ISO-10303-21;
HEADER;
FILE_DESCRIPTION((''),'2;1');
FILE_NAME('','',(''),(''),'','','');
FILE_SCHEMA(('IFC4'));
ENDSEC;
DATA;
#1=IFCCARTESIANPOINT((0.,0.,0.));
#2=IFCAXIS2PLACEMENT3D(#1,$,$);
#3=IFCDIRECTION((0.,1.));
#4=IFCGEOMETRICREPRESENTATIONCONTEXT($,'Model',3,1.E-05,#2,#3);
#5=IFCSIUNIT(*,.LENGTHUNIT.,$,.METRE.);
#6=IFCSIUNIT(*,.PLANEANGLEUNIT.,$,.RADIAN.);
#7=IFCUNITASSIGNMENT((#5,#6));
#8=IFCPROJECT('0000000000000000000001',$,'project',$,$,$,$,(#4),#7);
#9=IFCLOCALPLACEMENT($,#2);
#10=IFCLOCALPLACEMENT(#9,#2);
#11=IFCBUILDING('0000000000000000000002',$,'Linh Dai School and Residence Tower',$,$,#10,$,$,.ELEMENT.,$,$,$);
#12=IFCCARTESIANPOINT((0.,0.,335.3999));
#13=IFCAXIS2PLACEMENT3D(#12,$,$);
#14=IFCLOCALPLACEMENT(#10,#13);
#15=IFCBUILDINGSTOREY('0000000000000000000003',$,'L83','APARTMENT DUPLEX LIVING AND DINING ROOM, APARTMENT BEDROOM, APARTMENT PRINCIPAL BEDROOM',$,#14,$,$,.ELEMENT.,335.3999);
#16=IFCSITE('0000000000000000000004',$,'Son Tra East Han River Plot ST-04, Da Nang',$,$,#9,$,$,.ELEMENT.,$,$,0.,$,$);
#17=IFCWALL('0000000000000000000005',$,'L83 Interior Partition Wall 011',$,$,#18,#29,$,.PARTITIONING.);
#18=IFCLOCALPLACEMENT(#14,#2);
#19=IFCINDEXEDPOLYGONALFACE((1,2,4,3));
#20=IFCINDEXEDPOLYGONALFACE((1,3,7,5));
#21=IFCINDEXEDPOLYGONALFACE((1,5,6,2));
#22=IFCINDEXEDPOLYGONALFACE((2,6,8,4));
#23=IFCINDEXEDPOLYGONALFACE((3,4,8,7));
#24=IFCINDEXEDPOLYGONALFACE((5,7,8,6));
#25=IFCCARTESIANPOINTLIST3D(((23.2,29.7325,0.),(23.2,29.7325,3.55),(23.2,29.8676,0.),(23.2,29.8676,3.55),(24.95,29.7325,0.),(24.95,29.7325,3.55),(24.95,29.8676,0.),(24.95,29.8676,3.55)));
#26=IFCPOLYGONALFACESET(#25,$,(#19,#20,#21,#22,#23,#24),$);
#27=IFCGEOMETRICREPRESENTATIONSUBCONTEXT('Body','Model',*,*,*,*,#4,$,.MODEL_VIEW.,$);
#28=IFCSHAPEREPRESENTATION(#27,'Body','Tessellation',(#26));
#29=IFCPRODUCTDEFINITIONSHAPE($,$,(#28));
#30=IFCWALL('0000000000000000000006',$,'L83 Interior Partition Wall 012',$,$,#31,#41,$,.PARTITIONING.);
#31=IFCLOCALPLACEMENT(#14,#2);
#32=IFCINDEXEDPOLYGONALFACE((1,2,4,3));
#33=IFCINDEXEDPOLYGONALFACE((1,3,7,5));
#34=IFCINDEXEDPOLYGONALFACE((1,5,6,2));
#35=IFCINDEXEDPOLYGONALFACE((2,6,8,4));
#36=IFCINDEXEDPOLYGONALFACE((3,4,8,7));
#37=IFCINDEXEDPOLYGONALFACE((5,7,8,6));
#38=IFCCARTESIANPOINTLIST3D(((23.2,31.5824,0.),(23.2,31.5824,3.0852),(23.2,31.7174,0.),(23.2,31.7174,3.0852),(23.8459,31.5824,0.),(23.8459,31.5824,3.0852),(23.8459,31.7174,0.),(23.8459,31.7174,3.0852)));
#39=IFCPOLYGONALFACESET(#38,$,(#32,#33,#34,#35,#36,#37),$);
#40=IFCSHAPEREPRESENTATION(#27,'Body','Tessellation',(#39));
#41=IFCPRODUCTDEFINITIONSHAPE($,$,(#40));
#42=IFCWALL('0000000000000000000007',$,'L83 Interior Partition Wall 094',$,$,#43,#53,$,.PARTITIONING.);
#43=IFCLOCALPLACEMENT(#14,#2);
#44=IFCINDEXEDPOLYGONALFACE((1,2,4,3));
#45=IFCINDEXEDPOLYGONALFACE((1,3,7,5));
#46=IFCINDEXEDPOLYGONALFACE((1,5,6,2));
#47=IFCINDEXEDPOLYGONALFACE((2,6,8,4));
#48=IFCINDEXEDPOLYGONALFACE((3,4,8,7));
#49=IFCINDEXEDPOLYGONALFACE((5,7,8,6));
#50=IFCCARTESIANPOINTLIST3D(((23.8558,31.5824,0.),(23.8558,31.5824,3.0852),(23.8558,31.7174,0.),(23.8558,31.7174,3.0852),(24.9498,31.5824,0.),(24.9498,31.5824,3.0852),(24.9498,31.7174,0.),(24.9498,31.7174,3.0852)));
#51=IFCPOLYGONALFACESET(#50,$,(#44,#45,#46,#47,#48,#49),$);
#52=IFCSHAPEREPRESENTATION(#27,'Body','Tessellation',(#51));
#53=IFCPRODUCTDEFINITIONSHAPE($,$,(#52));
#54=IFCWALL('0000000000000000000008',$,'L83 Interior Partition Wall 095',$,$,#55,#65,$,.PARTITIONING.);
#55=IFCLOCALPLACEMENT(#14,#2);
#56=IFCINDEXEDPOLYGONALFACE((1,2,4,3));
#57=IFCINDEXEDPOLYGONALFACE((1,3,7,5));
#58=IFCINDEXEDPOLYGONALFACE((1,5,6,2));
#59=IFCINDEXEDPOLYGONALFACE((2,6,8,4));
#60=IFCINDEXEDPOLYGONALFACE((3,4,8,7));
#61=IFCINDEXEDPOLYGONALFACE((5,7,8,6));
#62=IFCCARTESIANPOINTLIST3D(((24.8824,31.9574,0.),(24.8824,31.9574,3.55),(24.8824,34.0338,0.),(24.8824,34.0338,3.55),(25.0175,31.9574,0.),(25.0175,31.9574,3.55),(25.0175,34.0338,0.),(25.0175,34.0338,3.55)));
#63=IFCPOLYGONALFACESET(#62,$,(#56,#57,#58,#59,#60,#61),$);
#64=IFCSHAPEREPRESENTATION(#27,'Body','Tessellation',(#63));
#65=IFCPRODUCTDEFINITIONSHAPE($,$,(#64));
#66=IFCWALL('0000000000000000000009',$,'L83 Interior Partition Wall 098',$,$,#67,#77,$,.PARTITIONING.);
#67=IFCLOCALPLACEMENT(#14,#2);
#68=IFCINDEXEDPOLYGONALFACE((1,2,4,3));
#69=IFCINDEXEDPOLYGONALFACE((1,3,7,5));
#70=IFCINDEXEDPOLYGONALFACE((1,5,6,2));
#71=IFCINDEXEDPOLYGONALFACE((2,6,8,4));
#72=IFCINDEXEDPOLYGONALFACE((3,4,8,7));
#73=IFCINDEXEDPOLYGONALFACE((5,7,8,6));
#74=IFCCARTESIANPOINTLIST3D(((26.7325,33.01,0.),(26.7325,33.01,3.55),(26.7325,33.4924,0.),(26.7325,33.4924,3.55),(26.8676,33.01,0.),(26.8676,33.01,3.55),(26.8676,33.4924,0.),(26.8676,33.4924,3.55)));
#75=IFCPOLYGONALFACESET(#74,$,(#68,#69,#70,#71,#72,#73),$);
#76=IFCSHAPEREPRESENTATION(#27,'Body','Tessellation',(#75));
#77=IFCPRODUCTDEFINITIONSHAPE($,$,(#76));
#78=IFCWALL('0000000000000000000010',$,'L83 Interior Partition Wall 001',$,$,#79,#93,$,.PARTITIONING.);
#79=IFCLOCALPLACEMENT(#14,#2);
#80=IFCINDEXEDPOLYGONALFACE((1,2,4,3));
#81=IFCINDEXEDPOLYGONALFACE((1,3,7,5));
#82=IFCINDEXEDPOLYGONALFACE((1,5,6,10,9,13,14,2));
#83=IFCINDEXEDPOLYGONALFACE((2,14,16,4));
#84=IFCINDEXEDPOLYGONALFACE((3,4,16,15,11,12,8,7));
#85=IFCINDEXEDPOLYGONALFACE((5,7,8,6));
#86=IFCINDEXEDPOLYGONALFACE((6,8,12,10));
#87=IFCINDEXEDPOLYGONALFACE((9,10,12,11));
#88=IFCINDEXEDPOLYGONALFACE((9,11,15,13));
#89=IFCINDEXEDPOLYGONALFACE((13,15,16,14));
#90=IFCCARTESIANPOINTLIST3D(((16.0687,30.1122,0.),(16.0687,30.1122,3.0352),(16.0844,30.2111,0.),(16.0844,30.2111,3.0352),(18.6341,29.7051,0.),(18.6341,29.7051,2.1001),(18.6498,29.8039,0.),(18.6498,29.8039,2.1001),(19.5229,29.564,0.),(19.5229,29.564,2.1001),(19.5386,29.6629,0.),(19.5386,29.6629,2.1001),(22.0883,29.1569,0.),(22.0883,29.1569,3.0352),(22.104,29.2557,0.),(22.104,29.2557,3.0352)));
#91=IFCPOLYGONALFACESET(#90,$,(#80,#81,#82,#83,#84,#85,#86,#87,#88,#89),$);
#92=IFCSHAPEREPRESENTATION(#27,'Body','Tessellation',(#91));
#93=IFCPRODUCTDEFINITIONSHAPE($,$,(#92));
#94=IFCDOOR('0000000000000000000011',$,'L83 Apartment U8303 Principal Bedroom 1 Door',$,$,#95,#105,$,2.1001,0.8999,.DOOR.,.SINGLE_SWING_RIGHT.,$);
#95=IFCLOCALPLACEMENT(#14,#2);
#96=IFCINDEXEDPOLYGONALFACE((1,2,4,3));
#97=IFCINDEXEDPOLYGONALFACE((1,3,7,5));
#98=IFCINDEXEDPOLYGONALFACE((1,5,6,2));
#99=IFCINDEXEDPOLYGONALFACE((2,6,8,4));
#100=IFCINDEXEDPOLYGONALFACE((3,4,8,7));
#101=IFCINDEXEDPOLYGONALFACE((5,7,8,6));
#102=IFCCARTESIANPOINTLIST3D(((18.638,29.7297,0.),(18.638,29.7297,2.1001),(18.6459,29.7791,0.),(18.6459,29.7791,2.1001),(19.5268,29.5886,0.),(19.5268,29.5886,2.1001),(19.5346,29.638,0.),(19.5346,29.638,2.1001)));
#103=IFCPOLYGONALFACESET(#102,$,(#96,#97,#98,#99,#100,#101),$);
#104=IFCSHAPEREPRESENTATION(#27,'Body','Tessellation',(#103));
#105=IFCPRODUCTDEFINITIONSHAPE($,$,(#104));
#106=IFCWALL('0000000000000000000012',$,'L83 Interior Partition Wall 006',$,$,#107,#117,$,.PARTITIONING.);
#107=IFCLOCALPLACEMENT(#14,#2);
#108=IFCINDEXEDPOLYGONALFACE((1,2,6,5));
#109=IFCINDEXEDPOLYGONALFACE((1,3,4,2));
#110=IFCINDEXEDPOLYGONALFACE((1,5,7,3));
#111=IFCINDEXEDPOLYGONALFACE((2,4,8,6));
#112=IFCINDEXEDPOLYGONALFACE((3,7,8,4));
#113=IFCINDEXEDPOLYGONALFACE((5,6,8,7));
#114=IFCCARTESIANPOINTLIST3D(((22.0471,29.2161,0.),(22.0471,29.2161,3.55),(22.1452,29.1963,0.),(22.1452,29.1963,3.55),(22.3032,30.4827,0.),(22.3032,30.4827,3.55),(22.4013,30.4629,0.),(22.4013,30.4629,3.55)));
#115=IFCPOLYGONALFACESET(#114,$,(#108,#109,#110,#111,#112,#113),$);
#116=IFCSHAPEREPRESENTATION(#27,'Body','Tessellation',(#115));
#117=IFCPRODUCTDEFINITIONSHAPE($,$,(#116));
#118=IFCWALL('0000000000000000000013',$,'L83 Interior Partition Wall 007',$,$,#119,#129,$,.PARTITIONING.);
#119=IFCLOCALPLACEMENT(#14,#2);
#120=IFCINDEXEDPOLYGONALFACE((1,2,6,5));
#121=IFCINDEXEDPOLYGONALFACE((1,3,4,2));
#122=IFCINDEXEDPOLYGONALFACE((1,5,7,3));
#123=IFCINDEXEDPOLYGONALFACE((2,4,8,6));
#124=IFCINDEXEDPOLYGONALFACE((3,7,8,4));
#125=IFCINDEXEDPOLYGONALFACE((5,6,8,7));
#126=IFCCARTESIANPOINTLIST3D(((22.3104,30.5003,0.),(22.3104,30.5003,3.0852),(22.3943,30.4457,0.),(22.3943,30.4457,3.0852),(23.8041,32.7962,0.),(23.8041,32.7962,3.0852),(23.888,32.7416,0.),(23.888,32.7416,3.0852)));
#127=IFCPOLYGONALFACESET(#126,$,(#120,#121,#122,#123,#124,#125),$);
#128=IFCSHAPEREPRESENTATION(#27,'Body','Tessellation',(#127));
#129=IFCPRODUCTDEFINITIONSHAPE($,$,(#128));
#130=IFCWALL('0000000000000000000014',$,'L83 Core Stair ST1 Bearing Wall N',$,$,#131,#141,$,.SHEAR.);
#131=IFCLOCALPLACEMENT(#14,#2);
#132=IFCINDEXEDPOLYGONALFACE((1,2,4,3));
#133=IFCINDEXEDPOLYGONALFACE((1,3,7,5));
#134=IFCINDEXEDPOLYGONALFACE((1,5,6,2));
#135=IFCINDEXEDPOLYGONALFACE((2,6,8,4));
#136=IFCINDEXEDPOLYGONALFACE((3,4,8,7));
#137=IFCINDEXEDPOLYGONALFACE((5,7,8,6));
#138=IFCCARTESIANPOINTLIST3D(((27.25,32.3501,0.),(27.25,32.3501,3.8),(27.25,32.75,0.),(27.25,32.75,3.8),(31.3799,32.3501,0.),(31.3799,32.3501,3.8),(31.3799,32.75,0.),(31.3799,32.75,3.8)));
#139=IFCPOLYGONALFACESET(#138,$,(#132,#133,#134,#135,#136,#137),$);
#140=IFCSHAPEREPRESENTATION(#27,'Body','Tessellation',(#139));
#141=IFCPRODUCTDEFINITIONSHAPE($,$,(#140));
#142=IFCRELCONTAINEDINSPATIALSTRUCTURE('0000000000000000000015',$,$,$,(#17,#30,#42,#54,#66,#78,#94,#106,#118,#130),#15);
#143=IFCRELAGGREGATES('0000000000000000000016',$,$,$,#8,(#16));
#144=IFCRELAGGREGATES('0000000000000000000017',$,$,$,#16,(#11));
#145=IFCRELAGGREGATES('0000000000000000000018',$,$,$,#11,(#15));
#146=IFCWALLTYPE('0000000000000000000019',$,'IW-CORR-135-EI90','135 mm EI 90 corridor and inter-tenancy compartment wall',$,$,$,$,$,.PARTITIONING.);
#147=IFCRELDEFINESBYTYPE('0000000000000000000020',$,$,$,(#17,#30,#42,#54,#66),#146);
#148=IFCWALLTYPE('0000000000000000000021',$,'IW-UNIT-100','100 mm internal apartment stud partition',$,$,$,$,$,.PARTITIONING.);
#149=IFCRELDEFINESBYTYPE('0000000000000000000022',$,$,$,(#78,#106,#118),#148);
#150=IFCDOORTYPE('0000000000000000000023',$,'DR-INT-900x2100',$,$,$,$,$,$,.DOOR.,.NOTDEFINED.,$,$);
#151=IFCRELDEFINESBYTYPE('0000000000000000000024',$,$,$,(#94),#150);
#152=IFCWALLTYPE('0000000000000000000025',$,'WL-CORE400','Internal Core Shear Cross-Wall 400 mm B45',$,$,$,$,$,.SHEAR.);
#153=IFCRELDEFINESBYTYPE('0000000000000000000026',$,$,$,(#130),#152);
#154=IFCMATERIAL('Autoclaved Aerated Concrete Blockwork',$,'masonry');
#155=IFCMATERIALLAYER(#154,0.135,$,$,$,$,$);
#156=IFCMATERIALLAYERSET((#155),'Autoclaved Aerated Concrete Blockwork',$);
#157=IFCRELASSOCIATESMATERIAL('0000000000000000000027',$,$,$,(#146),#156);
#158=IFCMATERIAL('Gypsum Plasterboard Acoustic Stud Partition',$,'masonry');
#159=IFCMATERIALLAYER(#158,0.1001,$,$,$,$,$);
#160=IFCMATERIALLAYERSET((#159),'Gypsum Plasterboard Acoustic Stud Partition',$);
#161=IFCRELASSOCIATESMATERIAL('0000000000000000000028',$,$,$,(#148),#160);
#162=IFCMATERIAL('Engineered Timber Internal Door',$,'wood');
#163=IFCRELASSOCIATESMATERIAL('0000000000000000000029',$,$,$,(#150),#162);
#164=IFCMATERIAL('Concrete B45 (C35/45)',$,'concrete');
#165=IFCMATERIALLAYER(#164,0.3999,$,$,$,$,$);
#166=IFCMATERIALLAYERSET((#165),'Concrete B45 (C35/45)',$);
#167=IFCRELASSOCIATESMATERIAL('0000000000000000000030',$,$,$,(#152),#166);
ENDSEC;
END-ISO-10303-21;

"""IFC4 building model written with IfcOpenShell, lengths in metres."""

from ifc_helpers import new_model, si_unit, direction, frame, frame_2d, origin, origin_2d, place, context, subcontext, project, spatial, rectangle, extrude, source, transform, mapped, material, layer, layer_set, type_object, element, fill, save


model = new_model("IFC4")

# Units and contexts
model_context = context("Model", 3, precision=1e-05, world=origin(), true_north=direction((0.0, 1.0)))
body_context = subcontext(model_context, "Body", "Model", "MODEL_VIEW")
ifc_project = project(units=[si_unit("LENGTHUNIT", "METRE"), si_unit("PLANEANGLEUNIT", "RADIAN")], contexts=[model_context])

# Site, building, storey
site_placement = place(None, origin())
site = spatial("IfcSite", under=ifc_project, at=site_placement, Name="Son Tra East Han River Plot ST-04, Da Nang", CompositionType="ELEMENT", RefElevation=0.0)
building_placement = place(site_placement, origin())
building = spatial("IfcBuilding", under=site, at=building_placement, Name="Linh Dai School and Residence Tower", CompositionType="ELEMENT")
storey_placement = place(building_placement, frame((0.0, 0.0, 335.3999)))
storey = spatial("IfcBuildingStorey", under=building, at=storey_placement, Name="L83", Description="APARTMENT DUPLEX LIVING AND DINING ROOM, APARTMENT BEDROOM, APARTMENT PRINCIPAL BEDROOM", CompositionType="ELEMENT", Elevation=335.3999)

# Shared definitions
ifc_material_1 = material(Name="Concrete B45 (C35/45)", Category="concrete")

# Shared definitions
ifc_material_2 = material(Name="Autoclaved Aerated Concrete Blockwork", Category="masonry")
ifc_layer_1 = layer(ifc_material_2, 0.135)
ifc_layer_set_1 = layer_set([ifc_layer_1], Name="Autoclaved Aerated Concrete Blockwork")
wall_type_1 = type_object("IfcWallType", Name="IW-CORR-135-EI90", Description="135 mm EI 90 corridor and inter-tenancy compartment wall", PredefinedType="PARTITIONING", material=ifc_layer_set_1)

# Walls
wall_1_placement = place(storey_placement, frame((23.2, 29.8, 0.0), z_axis=(0.0, 0.0, 1.0), x_axis=(1.0, 0.0, 0.0)))
element("IfcWall", 1, at=wall_1_placement, inside=storey, type_object=wall_type_1, Name="L83 Interior Partition Wall 011", PredefinedType="PARTITIONING", context=body_context, shape_type="SweptSolid", body=[
    extrude(rectangle(XDim=1.75, YDim=0.135, at=frame_2d((0.875, 0.0))), origin(), (0.0, 0.0, 1.0), 3.55),
])
wall_2_placement = place(storey_placement, frame((23.2, 31.6499, 0.0), z_axis=(0.0, 0.0, 1.0), x_axis=(1.0, 0.0, 0.0)))
element("IfcWall", 2, at=wall_2_placement, inside=storey, type_object=wall_type_1, Name="L83 Interior Partition Wall 012", PredefinedType="PARTITIONING", context=body_context, shape_type="SweptSolid", body=[
    extrude(rectangle(XDim=0.646, YDim=0.135, at=frame_2d((0.323, 0.0))), origin(), (0.0, 0.0, 1.0), 3.0852),
])
wall_3_placement = place(storey_placement, frame((23.856, 31.6499, 0.0), z_axis=(0.0, 0.0, 1.0), x_axis=(1.0, 0.0, 0.0)))
element("IfcWall", 3, at=wall_3_placement, inside=storey, type_object=wall_type_1, Name="L83 Interior Partition Wall 094", PredefinedType="PARTITIONING", context=body_context, shape_type="SweptSolid", body=[
    extrude(rectangle(XDim=1.094, YDim=0.135, at=frame_2d((0.5469, 0.0))), origin(), (0.0, 0.0, 1.0), 3.0852),
])
wall_4_placement = place(storey_placement, frame((24.95, 31.9575, 0.0), z_axis=(0.0, 0.0, 1.0), x_axis=(0.0, 1.0, 0.0)))
element("IfcWall", 4, at=wall_4_placement, inside=storey, type_object=wall_type_1, Name="L83 Interior Partition Wall 095", PredefinedType="PARTITIONING", context=body_context, shape_type="SweptSolid", body=[
    extrude(rectangle(XDim=2.0764, YDim=0.135, at=frame_2d((1.0381, 0.0))), origin(), (0.0, 0.0, 1.0), 3.55),
])
wall_5_placement = place(storey_placement, frame((26.8, 33.4924, 0.0), z_axis=(0.0, 0.0, 1.0), x_axis=(0.0, -1.0, 0.0)))
element("IfcWall", 5, at=wall_5_placement, inside=storey, type_object=wall_type_1, Name="L83 Interior Partition Wall 098", PredefinedType="PARTITIONING", context=body_context, shape_type="SweptSolid", body=[
    extrude(rectangle(XDim=0.4824, YDim=0.135, at=frame_2d((0.2412, 0.0))), origin(), (0.0, 0.0, 1.0), 3.55),
])

# Wall, opening, door
ifc_material_3 = material(Name="Gypsum Plasterboard Acoustic Stud Partition", Category="masonry")
ifc_layer_2 = layer(ifc_material_3, 0.1001)
ifc_layer_set_2 = layer_set([ifc_layer_2], Name="Gypsum Plasterboard Acoustic Stud Partition")
wall_type_2 = type_object("IfcWallType", Name="IW-UNIT-100", Description="100 mm internal apartment stud partition", PredefinedType="PARTITIONING", material=ifc_layer_set_2)
wall_6_placement = place(storey_placement, frame((16.0767, 30.1616, 0.0), z_axis=(0.0, 0.0, 1.0), x_axis=(0.98764, -0.156742, 0.0)))
wall_6 = element("IfcWall", 6, at=wall_6_placement, inside=storey, type_object=wall_type_2, Name="L83 Interior Partition Wall 001", PredefinedType="PARTITIONING", context=body_context, shape_type="SweptSolid", body=[
    extrude(rectangle(XDim=6.095, YDim=0.1001, at=frame_2d((3.0474, 0.0))), origin(), (0.0, 0.0, 1.0), 3.0352),
])
opening_1_placement = place(wall_6_placement, frame((2.5974, 0.0, 0.0)))
opening_1 = element("IfcOpeningElement", 7, at=opening_1_placement, cuts=wall_6, PredefinedType="OPENING", context=body_context, shape_type="SweptSolid", body=[
    extrude(rectangle(XDim=0.8999, YDim=2.1001, at=origin_2d()), frame((0.45, 0.0601, 1.05), z_axis=(0.0, -1.0, 0.0), x_axis=(1.0, 0.0, 0.0)), (0.0, 0.0, 1.0), 0.1201),
])
ifc_material_4 = material(Name="Engineered Timber Internal Door", Category="wood")
door_type_1 = type_object("IfcDoorType", Name="DR-INT-900x2100", OperationType="NOTDEFINED", PredefinedType="DOOR", material=ifc_material_4)
shared_shape_1 = source(origin(), body_context, "Body", "SweptSolid", [
    extrude(rectangle(XDim=0.8999, YDim=2.1001, at=origin_2d()), frame((0.45, 0.0249, 1.05), z_axis=(0.0, -1.0, 0.0), x_axis=(1.0, 0.0, 0.0)), (0.0, 0.0, 1.0), 0.05),
])
door_1_placement = place(opening_1_placement, origin())
door_1 = element("IfcDoor", 8, at=door_1_placement, inside=storey, type_object=door_type_1, Name="L83 Apartment U8303 Principal Bedroom 1 Door", OperationType="SINGLE_SWING_RIGHT", OverallHeight=2.1001, OverallWidth=0.8999, PredefinedType="DOOR", context=body_context, shape_type="MappedRepresentation", body=[
    mapped(shared_shape_1, transform((0.0, 0.0, 0.0), x_axis=(1.0, 0.0, 0.0), y_axis=(0.0, 1.0, 0.0), z_axis=(0.0, 0.0, 1.0), scale=1.0)),
])
fill(opening_1, door_1)

# Walls
wall_7_placement = place(storey_placement, frame((22.0962, 29.2063, 0.0), z_axis=(0.0, 0.0, 1.0), x_axis=(0.198187, 0.980164, 0.0)))
element("IfcWall", 9, at=wall_7_placement, inside=storey, type_object=wall_type_2, Name="L83 Interior Partition Wall 006", PredefinedType="PARTITIONING", context=body_context, shape_type="SweptSolid", body=[
    extrude(rectangle(XDim=1.2922, YDim=0.1001, at=frame_2d((0.646, 0.0))), origin(), (0.0, 0.0, 1.0), 3.55),
])
wall_8_placement = place(storey_placement, frame((22.3523, 30.4729, 0.0), z_axis=(0.0, 0.0, 1.0), x_axis=(0.545327, 0.838224, 0.0)))
element("IfcWall", 10, at=wall_8_placement, inside=storey, type_object=wall_type_2, Name="L83 Interior Partition Wall 007", PredefinedType="PARTITIONING", context=body_context, shape_type="SweptSolid", body=[
    extrude(rectangle(XDim=2.739, YDim=0.1001, at=frame_2d((1.3696, 0.0))), origin(), (0.0, 0.0, 1.0), 3.0852),
])
ifc_layer_3 = layer(ifc_material_1, 0.3999)
ifc_layer_set_3 = layer_set([ifc_layer_3], Name="Concrete B45 (C35/45)")
wall_type_3 = type_object("IfcWallType", Name="WL-CORE400", Description="Internal Core Shear Cross-Wall 400 mm B45", PredefinedType="SHEAR", material=ifc_layer_set_3)
wall_9_placement = place(storey_placement, frame((27.25, 32.55, 0.0), z_axis=(0.0, 0.0, 1.0), x_axis=(1.0, 0.0, 0.0)))
element("IfcWall", 11, at=wall_9_placement, inside=storey, type_object=wall_type_3, Name="L83 Core Stair ST1 Bearing Wall N", PredefinedType="SHEAR", context=body_context, shape_type="SweptSolid", body=[
    extrude(rectangle(XDim=4.1299, YDim=0.3999, at=frame_2d((2.0649, 0.0))), origin(), (0.0, 0.0, 1.0), 3.8),
])

save(model, "model.ifc")
